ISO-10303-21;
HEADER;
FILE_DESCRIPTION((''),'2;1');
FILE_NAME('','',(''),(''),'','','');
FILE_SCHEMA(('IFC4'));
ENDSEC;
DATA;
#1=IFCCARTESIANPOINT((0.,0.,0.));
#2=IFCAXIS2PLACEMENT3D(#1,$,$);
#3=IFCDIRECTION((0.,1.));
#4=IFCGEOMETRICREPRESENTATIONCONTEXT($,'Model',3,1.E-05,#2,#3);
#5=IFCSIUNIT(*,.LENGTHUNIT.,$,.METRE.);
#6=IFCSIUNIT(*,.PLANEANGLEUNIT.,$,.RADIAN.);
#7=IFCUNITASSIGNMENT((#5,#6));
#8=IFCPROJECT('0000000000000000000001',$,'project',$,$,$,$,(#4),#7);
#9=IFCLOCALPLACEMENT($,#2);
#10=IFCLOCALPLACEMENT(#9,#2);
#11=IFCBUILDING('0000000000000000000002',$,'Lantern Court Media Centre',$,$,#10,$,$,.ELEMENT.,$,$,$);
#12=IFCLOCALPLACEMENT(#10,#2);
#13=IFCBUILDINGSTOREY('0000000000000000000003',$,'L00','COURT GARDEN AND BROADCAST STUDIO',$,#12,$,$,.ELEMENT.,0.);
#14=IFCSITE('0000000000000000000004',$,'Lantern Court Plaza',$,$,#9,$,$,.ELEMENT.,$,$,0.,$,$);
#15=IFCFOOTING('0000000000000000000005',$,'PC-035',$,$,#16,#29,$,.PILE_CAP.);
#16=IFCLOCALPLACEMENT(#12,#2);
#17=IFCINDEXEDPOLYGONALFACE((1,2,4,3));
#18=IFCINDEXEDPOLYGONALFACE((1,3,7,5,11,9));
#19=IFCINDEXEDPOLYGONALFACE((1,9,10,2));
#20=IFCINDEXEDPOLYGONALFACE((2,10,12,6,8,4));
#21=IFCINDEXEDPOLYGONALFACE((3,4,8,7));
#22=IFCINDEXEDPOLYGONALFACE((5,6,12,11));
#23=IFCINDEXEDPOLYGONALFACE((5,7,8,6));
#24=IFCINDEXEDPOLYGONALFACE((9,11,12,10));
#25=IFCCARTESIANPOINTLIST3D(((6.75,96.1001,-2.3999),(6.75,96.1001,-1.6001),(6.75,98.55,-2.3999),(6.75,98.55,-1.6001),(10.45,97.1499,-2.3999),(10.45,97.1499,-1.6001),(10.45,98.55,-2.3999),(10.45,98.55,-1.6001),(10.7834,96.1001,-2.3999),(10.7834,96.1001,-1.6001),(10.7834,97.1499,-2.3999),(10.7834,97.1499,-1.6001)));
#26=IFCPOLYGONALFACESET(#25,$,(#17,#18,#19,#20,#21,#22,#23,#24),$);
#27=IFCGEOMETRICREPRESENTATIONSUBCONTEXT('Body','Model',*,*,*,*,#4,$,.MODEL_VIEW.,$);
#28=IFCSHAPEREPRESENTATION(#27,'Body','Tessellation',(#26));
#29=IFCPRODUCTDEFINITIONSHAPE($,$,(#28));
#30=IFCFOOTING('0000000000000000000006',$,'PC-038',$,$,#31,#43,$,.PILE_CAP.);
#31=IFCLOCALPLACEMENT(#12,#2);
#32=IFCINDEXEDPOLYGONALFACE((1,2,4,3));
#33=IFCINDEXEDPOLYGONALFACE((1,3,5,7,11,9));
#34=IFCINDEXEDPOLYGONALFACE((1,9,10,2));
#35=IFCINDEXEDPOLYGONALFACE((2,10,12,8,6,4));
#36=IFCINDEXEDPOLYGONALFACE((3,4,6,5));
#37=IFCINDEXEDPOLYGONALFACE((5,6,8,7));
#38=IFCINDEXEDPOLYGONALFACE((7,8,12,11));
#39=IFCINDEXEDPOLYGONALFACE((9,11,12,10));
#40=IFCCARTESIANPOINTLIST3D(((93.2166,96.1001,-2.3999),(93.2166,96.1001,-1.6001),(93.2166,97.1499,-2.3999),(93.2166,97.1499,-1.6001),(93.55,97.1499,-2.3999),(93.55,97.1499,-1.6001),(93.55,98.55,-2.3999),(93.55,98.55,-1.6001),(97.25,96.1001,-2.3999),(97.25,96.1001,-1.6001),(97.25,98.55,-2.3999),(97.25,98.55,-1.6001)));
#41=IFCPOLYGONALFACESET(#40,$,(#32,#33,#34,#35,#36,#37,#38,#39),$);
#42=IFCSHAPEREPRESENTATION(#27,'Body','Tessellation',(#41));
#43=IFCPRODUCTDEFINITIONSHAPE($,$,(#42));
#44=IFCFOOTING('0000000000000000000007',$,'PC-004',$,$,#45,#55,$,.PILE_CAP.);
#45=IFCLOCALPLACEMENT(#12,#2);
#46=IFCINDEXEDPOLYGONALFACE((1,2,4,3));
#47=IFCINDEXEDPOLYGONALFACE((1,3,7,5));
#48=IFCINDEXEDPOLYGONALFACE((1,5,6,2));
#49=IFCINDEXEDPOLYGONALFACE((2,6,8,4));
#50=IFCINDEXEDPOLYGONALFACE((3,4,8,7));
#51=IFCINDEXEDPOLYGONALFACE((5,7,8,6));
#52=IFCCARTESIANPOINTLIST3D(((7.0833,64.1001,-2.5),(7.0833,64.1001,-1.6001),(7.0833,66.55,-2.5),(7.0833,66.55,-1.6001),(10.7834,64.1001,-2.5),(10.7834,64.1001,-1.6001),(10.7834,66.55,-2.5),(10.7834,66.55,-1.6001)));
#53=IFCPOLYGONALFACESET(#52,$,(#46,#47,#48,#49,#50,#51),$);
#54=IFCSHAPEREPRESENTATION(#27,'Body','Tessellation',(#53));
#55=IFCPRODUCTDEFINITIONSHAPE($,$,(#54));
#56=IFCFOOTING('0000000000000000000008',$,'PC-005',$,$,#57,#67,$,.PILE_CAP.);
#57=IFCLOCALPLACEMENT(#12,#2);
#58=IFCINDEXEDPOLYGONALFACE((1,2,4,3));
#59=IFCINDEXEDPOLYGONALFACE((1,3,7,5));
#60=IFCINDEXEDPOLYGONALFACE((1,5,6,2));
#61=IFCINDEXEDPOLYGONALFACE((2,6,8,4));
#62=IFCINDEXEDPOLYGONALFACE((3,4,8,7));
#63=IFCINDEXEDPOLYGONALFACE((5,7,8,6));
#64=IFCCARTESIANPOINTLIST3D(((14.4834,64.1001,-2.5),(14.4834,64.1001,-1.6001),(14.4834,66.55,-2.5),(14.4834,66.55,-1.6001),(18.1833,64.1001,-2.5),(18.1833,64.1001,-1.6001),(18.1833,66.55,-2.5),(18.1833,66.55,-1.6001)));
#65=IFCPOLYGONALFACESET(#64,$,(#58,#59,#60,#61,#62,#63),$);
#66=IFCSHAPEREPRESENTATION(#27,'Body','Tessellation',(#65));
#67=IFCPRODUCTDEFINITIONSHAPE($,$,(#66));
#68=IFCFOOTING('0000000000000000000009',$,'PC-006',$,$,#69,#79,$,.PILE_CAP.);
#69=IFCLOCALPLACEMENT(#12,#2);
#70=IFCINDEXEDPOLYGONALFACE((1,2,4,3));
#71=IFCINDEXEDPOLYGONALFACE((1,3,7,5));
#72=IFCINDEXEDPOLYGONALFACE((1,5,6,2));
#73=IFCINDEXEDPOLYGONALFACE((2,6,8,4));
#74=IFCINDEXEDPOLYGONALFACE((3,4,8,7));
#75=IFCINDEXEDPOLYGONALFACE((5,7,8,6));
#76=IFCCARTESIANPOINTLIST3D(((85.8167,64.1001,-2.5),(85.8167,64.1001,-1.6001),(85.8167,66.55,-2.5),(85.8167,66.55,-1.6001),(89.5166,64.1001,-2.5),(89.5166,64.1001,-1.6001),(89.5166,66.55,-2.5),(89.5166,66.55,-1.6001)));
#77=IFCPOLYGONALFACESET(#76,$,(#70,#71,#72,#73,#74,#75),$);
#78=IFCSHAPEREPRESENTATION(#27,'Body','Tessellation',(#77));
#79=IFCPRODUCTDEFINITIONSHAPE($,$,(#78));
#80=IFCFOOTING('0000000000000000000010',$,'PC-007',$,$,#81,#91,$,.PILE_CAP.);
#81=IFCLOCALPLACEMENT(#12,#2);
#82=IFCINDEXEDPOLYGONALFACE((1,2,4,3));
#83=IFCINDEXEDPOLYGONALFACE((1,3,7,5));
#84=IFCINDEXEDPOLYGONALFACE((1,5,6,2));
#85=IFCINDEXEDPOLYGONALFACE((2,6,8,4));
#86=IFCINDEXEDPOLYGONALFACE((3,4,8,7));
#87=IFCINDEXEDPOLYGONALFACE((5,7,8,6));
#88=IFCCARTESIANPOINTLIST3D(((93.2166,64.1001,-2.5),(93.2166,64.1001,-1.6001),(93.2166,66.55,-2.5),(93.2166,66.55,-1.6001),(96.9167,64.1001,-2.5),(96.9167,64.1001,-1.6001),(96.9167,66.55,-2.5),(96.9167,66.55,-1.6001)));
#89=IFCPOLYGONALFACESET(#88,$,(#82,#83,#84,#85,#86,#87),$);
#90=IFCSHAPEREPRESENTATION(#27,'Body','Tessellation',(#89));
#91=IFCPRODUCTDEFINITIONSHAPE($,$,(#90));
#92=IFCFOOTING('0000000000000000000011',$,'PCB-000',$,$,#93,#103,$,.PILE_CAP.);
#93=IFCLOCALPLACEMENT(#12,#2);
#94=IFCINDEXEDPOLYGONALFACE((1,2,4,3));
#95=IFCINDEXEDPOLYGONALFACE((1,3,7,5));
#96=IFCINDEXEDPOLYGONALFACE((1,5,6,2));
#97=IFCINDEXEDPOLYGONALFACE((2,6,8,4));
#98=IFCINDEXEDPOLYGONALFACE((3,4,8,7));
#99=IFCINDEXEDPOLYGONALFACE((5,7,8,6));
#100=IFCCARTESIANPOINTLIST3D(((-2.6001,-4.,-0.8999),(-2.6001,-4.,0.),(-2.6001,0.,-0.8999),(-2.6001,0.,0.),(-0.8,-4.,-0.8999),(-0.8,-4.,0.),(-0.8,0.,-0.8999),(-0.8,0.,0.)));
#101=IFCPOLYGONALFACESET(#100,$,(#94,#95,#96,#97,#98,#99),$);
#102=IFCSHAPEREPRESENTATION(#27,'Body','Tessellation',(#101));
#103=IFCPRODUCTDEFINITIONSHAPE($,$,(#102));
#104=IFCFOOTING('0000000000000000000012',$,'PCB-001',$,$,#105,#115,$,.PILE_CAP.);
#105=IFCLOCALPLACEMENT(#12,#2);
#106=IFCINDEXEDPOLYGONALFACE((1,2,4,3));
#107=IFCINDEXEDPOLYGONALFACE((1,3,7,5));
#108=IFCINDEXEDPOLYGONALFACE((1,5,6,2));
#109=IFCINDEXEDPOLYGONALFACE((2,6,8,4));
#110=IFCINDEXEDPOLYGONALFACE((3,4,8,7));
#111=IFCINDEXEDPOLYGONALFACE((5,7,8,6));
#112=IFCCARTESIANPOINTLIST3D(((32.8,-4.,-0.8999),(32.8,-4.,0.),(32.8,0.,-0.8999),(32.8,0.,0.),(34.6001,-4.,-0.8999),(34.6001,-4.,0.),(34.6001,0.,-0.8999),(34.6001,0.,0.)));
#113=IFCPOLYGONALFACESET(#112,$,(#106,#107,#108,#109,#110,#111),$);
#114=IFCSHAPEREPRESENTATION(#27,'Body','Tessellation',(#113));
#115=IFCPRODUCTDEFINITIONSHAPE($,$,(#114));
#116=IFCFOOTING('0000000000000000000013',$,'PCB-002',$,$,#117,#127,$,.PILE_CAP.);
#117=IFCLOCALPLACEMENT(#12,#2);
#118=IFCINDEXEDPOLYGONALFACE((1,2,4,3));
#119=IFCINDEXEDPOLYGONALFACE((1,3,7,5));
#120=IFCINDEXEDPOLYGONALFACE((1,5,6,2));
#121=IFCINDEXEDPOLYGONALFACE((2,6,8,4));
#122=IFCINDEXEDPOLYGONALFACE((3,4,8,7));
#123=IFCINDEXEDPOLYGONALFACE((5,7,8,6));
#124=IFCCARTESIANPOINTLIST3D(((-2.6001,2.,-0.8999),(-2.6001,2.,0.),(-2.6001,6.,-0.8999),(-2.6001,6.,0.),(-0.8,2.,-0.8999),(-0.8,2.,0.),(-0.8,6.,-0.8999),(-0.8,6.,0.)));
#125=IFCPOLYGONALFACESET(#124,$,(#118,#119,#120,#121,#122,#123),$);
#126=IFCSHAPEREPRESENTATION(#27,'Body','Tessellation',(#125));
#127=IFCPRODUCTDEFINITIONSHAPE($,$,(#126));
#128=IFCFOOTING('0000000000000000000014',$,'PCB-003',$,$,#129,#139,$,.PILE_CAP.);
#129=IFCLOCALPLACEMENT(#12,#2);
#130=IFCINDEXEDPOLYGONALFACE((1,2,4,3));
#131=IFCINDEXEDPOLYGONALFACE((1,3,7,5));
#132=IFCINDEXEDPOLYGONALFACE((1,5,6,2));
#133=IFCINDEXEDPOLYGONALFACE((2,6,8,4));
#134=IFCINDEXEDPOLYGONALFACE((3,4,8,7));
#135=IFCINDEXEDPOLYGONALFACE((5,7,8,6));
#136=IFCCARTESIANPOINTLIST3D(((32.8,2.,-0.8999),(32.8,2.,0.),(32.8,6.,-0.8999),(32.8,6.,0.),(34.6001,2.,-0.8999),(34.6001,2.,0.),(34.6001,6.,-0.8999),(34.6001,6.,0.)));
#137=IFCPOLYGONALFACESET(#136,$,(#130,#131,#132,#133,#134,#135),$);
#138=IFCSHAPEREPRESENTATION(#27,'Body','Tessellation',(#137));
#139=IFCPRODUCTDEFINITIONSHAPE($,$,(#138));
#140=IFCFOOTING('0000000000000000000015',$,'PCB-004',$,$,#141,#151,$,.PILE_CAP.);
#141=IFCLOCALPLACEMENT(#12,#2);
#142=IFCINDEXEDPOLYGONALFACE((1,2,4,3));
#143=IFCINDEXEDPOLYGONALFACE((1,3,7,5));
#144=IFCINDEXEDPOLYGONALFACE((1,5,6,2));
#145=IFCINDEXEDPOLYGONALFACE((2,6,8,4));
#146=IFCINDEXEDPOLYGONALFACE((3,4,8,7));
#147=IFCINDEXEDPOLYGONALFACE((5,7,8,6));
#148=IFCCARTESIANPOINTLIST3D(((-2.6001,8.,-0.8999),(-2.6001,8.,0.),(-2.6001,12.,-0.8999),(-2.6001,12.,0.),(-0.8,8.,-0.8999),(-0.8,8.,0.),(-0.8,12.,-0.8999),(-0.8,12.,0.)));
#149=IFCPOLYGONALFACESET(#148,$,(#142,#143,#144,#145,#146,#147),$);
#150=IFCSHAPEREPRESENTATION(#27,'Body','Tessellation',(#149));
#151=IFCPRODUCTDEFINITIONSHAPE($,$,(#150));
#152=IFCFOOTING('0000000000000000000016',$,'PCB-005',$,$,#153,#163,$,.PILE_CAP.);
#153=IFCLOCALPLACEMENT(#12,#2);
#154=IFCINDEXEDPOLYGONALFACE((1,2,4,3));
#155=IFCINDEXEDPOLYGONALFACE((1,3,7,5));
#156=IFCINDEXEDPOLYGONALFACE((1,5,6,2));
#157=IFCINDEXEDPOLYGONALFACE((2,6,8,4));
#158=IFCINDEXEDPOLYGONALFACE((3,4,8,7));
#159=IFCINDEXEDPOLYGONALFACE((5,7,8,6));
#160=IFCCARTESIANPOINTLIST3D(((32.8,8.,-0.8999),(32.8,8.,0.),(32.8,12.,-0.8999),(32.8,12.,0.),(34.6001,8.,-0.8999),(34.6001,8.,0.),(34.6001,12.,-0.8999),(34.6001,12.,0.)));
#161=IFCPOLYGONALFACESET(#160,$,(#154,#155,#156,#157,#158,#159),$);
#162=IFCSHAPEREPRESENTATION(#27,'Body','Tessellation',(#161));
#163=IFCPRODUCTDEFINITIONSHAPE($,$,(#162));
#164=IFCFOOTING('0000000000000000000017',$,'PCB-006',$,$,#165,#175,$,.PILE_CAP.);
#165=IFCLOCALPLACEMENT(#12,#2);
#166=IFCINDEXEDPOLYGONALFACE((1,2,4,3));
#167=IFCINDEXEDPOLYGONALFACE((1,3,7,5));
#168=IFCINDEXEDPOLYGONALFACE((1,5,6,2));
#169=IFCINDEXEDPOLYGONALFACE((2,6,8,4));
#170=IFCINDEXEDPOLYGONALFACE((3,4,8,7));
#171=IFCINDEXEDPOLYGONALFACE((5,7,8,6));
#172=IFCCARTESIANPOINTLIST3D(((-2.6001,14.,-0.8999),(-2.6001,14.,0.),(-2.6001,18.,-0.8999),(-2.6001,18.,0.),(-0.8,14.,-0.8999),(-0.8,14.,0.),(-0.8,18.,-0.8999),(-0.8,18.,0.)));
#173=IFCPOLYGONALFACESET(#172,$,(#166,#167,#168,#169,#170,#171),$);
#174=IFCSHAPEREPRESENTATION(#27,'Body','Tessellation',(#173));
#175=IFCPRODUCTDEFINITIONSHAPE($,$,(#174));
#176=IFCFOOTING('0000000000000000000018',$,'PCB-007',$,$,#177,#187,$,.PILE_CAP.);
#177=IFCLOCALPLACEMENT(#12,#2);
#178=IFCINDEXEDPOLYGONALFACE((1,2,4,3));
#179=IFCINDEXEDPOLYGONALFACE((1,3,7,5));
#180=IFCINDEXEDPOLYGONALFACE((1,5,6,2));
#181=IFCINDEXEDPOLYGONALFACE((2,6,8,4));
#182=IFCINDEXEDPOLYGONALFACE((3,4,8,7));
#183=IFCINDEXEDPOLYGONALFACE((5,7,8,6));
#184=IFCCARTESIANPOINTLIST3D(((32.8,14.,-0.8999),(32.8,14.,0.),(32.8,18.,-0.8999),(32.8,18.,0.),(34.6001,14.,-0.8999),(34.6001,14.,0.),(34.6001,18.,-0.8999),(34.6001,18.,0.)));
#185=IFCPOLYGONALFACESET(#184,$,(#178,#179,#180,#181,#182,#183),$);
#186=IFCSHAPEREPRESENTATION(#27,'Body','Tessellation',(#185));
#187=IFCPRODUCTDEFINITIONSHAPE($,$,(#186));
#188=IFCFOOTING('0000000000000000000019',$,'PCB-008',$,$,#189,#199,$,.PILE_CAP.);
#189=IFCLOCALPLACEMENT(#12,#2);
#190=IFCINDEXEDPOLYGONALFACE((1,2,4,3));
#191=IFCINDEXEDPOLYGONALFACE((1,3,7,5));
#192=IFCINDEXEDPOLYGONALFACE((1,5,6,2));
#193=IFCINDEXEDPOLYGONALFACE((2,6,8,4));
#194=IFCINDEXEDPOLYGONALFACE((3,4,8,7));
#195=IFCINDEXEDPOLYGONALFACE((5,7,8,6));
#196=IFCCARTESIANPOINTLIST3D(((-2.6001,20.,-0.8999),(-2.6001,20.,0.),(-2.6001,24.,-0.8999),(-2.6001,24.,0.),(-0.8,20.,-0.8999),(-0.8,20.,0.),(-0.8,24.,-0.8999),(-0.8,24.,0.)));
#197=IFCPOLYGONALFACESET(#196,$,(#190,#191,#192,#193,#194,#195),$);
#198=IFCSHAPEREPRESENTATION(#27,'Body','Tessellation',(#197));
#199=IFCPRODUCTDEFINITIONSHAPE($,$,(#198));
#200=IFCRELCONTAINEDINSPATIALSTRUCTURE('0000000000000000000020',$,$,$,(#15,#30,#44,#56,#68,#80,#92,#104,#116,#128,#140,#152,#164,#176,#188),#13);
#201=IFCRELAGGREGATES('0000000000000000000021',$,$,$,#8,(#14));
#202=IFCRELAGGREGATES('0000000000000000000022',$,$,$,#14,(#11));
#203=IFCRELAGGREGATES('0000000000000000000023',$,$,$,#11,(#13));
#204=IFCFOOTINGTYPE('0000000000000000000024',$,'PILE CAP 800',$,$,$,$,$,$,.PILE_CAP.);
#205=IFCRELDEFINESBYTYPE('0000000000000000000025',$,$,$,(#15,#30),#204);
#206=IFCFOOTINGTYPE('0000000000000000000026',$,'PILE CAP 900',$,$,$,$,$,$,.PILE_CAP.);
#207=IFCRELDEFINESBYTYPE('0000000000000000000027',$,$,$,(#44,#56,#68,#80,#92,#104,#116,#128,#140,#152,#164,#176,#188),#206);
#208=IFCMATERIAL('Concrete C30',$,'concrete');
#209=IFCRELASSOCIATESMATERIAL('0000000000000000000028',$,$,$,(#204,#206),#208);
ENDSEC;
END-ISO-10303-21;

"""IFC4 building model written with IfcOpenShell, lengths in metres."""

from ifc_helpers import new_model, si_unit, direction, frame, origin, place, context, subcontext, project, spatial, polyline, outline, extrude, material, type_object, element, save


model = new_model("IFC4")

# Units and contexts
model_context = context("Model", 3, precision=1e-05, world=origin(), true_north=direction((0.0, 1.0)))
body_context = subcontext(model_context, "Body", "Model", "MODEL_VIEW")
ifc_project = project(units=[si_unit("LENGTHUNIT", "METRE"), si_unit("PLANEANGLEUNIT", "RADIAN")], contexts=[model_context])

# Site, building, storey
site_placement = place(None, origin())
site = spatial("IfcSite", under=ifc_project, at=site_placement, Name="Lantern Court Plaza", CompositionType="ELEMENT", RefElevation=0.0)
building_placement = place(site_placement, origin())
building = spatial("IfcBuilding", under=site, at=building_placement, Name="Lantern Court Media Centre", CompositionType="ELEMENT")
storey_placement = place(building_placement, origin())
storey = spatial("IfcBuildingStorey", under=building, at=storey_placement, Name="L00", Description="COURT GARDEN AND BROADCAST STUDIO", CompositionType="ELEMENT", Elevation=0.0)

# Footings
ifc_material = material(Name="Concrete C30", Category="concrete")
footing_type_1 = type_object("IfcFootingType", Name="PILE CAP 800", PredefinedType="PILE_CAP", material=ifc_material)
footing_1_placement = place(storey_placement, frame((0.0, 0.0, -2.3999)))
element("IfcFooting", 1, at=footing_1_placement, inside=storey, type_object=footing_type_1, Name="PC-035", PredefinedType="PILE_CAP", context=body_context, shape_type="SweptSolid", body=[
    extrude(outline(polyline([(10.45, 98.55), (10.45, 97.1499), (10.7834, 97.1499), (10.7834, 96.1001), (6.75, 96.1001), (6.75, 98.55), (10.45, 98.55)])), origin(), (0.0, 0.0, 1.0), 0.7998),
])
footing_2_placement = place(storey_placement, frame((0.0, 0.0, -2.3999)))
element("IfcFooting", 2, at=footing_2_placement, inside=storey, type_object=footing_type_1, Name="PC-038", PredefinedType="PILE_CAP", context=body_context, shape_type="SweptSolid", body=[
    extrude(outline(polyline([(97.25, 98.55), (97.25, 96.1001), (93.2166, 96.1001), (93.2166, 97.1499), (93.55, 97.1499), (93.55, 98.55), (97.25, 98.55)])), origin(), (0.0, 0.0, 1.0), 0.7998),
])
footing_type_2 = type_object("IfcFootingType", Name="PILE CAP 900", PredefinedType="PILE_CAP", material=ifc_material)
footing_3_placement = place(storey_placement, frame((0.0, 0.0, -2.5)))
element("IfcFooting", 3, at=footing_3_placement, inside=storey, type_object=footing_type_2, Name="PC-004", PredefinedType="PILE_CAP", context=body_context, shape_type="SweptSolid", body=[
    extrude(outline(polyline([(10.7834, 64.1001), (7.0833, 64.1001), (7.0833, 66.55), (10.7834, 66.55), (10.7834, 64.1001)])), origin(), (0.0, 0.0, 1.0), 0.8999),
])
footing_4_placement = place(storey_placement, frame((0.0, 0.0, -2.5)))
element("IfcFooting", 4, at=footing_4_placement, inside=storey, type_object=footing_type_2, Name="PC-005", PredefinedType="PILE_CAP", context=body_context, shape_type="SweptSolid", body=[
    extrude(outline(polyline([(18.1833, 64.1001), (14.4834, 64.1001), (14.4834, 66.55), (18.1833, 66.55), (18.1833, 64.1001)])), origin(), (0.0, 0.0, 1.0), 0.8999),
])
footing_5_placement = place(storey_placement, frame((0.0, 0.0, -2.5)))
element("IfcFooting", 5, at=footing_5_placement, inside=storey, type_object=footing_type_2, Name="PC-006", PredefinedType="PILE_CAP", context=body_context, shape_type="SweptSolid", body=[
    extrude(outline(polyline([(89.5166, 64.1001), (85.8167, 64.1001), (85.8167, 66.55), (89.5166, 66.55), (89.5166, 64.1001)])), origin(), (0.0, 0.0, 1.0), 0.8999),
])
footing_6_placement = place(storey_placement, frame((0.0, 0.0, -2.5)))
element("IfcFooting", 6, at=footing_6_placement, inside=storey, type_object=footing_type_2, Name="PC-007", PredefinedType="PILE_CAP", context=body_context, shape_type="SweptSolid", body=[
    extrude(outline(polyline([(96.9167, 64.1001), (93.2166, 64.1001), (93.2166, 66.55), (96.9167, 66.55), (96.9167, 64.1001)])), origin(), (0.0, 0.0, 1.0), 0.8999),
])
footing_7_placement = place(storey_placement, frame((0.0, 0.0, -0.8999)))
element("IfcFooting", 7, at=footing_7_placement, inside=storey, type_object=footing_type_2, Name="PCB-000", PredefinedType="PILE_CAP", context=body_context, shape_type="SweptSolid", body=[
    extrude(outline(polyline([(-0.8, -4.0), (-0.8, 0.0), (-2.6001, 0.0), (-2.6001, -4.0), (-0.8, -4.0)])), origin(), (0.0, 0.0, 1.0), 0.8999),
])
footing_8_placement = place(storey_placement, frame((0.0, 0.0, -0.8999)))
element("IfcFooting", 8, at=footing_8_placement, inside=storey, type_object=footing_type_2, Name="PCB-001", PredefinedType="PILE_CAP", context=body_context, shape_type="SweptSolid", body=[
    extrude(outline(polyline([(34.6001, -4.0), (34.6001, 0.0), (32.8, 0.0), (32.8, -4.0), (34.6001, -4.0)])), origin(), (0.0, 0.0, 1.0), 0.8999),
])
footing_9_placement = place(storey_placement, frame((0.0, 0.0, -0.8999)))
element("IfcFooting", 9, at=footing_9_placement, inside=storey, type_object=footing_type_2, Name="PCB-002", PredefinedType="PILE_CAP", context=body_context, shape_type="SweptSolid", body=[
    extrude(outline(polyline([(-0.8, 2.0), (-0.8, 6.0), (-2.6001, 6.0), (-2.6001, 2.0), (-0.8, 2.0)])), origin(), (0.0, 0.0, 1.0), 0.8999),
])
footing_10_placement = place(storey_placement, frame((0.0, 0.0, -0.8999)))
element("IfcFooting", 10, at=footing_10_placement, inside=storey, type_object=footing_type_2, Name="PCB-003", PredefinedType="PILE_CAP", context=body_context, shape_type="SweptSolid", body=[
    extrude(outline(polyline([(34.6001, 2.0), (34.6001, 6.0), (32.8, 6.0), (32.8, 2.0), (34.6001, 2.0)])), origin(), (0.0, 0.0, 1.0), 0.8999),
])
footing_11_placement = place(storey_placement, frame((0.0, 0.0, -0.8999)))
element("IfcFooting", 11, at=footing_11_placement, inside=storey, type_object=footing_type_2, Name="PCB-004", PredefinedType="PILE_CAP", context=body_context, shape_type="SweptSolid", body=[
    extrude(outline(polyline([(-0.8, 8.0), (-0.8, 12.0), (-2.6001, 12.0), (-2.6001, 8.0), (-0.8, 8.0)])), origin(), (0.0, 0.0, 1.0), 0.8999),
])
footing_12_placement = place(storey_placement, frame((0.0, 0.0, -0.8999)))
element("IfcFooting", 12, at=footing_12_placement, inside=storey, type_object=footing_type_2, Name="PCB-005", PredefinedType="PILE_CAP", context=body_context, shape_type="SweptSolid", body=[
    extrude(outline(polyline([(34.6001, 8.0), (34.6001, 12.0), (32.8, 12.0), (32.8, 8.0), (34.6001, 8.0)])), origin(), (0.0, 0.0, 1.0), 0.8999),
])
footing_13_placement = place(storey_placement, frame((0.0, 0.0, -0.8999)))
element("IfcFooting", 13, at=footing_13_placement, inside=storey, type_object=footing_type_2, Name="PCB-006", PredefinedType="PILE_CAP", context=body_context, shape_type="SweptSolid", body=[
    extrude(outline(polyline([(-0.8, 14.0), (-0.8, 18.0), (-2.6001, 18.0), (-2.6001, 14.0), (-0.8, 14.0)])), origin(), (0.0, 0.0, 1.0), 0.8999),
])
footing_14_placement = place(storey_placement, frame((0.0, 0.0, -0.8999)))
element("IfcFooting", 14, at=footing_14_placement, inside=storey, type_object=footing_type_2, Name="PCB-007", PredefinedType="PILE_CAP", context=body_context, shape_type="SweptSolid", body=[
    extrude(outline(polyline([(34.6001, 14.0), (34.6001, 18.0), (32.8, 18.0), (32.8, 14.0), (34.6001, 14.0)])), origin(), (0.0, 0.0, 1.0), 0.8999),
])
footing_15_placement = place(storey_placement, frame((0.0, 0.0, -0.8999)))
element("IfcFooting", 15, at=footing_15_placement, inside=storey, type_object=footing_type_2, Name="PCB-008", PredefinedType="PILE_CAP", context=body_context, shape_type="SweptSolid", body=[
    extrude(outline(polyline([(-0.8, 20.0), (-0.8, 24.0), (-2.6001, 24.0), (-2.6001, 20.0), (-0.8, 20.0)])), origin(), (0.0, 0.0, 1.0), 0.8999),
])

save(model, "model.ifc")
